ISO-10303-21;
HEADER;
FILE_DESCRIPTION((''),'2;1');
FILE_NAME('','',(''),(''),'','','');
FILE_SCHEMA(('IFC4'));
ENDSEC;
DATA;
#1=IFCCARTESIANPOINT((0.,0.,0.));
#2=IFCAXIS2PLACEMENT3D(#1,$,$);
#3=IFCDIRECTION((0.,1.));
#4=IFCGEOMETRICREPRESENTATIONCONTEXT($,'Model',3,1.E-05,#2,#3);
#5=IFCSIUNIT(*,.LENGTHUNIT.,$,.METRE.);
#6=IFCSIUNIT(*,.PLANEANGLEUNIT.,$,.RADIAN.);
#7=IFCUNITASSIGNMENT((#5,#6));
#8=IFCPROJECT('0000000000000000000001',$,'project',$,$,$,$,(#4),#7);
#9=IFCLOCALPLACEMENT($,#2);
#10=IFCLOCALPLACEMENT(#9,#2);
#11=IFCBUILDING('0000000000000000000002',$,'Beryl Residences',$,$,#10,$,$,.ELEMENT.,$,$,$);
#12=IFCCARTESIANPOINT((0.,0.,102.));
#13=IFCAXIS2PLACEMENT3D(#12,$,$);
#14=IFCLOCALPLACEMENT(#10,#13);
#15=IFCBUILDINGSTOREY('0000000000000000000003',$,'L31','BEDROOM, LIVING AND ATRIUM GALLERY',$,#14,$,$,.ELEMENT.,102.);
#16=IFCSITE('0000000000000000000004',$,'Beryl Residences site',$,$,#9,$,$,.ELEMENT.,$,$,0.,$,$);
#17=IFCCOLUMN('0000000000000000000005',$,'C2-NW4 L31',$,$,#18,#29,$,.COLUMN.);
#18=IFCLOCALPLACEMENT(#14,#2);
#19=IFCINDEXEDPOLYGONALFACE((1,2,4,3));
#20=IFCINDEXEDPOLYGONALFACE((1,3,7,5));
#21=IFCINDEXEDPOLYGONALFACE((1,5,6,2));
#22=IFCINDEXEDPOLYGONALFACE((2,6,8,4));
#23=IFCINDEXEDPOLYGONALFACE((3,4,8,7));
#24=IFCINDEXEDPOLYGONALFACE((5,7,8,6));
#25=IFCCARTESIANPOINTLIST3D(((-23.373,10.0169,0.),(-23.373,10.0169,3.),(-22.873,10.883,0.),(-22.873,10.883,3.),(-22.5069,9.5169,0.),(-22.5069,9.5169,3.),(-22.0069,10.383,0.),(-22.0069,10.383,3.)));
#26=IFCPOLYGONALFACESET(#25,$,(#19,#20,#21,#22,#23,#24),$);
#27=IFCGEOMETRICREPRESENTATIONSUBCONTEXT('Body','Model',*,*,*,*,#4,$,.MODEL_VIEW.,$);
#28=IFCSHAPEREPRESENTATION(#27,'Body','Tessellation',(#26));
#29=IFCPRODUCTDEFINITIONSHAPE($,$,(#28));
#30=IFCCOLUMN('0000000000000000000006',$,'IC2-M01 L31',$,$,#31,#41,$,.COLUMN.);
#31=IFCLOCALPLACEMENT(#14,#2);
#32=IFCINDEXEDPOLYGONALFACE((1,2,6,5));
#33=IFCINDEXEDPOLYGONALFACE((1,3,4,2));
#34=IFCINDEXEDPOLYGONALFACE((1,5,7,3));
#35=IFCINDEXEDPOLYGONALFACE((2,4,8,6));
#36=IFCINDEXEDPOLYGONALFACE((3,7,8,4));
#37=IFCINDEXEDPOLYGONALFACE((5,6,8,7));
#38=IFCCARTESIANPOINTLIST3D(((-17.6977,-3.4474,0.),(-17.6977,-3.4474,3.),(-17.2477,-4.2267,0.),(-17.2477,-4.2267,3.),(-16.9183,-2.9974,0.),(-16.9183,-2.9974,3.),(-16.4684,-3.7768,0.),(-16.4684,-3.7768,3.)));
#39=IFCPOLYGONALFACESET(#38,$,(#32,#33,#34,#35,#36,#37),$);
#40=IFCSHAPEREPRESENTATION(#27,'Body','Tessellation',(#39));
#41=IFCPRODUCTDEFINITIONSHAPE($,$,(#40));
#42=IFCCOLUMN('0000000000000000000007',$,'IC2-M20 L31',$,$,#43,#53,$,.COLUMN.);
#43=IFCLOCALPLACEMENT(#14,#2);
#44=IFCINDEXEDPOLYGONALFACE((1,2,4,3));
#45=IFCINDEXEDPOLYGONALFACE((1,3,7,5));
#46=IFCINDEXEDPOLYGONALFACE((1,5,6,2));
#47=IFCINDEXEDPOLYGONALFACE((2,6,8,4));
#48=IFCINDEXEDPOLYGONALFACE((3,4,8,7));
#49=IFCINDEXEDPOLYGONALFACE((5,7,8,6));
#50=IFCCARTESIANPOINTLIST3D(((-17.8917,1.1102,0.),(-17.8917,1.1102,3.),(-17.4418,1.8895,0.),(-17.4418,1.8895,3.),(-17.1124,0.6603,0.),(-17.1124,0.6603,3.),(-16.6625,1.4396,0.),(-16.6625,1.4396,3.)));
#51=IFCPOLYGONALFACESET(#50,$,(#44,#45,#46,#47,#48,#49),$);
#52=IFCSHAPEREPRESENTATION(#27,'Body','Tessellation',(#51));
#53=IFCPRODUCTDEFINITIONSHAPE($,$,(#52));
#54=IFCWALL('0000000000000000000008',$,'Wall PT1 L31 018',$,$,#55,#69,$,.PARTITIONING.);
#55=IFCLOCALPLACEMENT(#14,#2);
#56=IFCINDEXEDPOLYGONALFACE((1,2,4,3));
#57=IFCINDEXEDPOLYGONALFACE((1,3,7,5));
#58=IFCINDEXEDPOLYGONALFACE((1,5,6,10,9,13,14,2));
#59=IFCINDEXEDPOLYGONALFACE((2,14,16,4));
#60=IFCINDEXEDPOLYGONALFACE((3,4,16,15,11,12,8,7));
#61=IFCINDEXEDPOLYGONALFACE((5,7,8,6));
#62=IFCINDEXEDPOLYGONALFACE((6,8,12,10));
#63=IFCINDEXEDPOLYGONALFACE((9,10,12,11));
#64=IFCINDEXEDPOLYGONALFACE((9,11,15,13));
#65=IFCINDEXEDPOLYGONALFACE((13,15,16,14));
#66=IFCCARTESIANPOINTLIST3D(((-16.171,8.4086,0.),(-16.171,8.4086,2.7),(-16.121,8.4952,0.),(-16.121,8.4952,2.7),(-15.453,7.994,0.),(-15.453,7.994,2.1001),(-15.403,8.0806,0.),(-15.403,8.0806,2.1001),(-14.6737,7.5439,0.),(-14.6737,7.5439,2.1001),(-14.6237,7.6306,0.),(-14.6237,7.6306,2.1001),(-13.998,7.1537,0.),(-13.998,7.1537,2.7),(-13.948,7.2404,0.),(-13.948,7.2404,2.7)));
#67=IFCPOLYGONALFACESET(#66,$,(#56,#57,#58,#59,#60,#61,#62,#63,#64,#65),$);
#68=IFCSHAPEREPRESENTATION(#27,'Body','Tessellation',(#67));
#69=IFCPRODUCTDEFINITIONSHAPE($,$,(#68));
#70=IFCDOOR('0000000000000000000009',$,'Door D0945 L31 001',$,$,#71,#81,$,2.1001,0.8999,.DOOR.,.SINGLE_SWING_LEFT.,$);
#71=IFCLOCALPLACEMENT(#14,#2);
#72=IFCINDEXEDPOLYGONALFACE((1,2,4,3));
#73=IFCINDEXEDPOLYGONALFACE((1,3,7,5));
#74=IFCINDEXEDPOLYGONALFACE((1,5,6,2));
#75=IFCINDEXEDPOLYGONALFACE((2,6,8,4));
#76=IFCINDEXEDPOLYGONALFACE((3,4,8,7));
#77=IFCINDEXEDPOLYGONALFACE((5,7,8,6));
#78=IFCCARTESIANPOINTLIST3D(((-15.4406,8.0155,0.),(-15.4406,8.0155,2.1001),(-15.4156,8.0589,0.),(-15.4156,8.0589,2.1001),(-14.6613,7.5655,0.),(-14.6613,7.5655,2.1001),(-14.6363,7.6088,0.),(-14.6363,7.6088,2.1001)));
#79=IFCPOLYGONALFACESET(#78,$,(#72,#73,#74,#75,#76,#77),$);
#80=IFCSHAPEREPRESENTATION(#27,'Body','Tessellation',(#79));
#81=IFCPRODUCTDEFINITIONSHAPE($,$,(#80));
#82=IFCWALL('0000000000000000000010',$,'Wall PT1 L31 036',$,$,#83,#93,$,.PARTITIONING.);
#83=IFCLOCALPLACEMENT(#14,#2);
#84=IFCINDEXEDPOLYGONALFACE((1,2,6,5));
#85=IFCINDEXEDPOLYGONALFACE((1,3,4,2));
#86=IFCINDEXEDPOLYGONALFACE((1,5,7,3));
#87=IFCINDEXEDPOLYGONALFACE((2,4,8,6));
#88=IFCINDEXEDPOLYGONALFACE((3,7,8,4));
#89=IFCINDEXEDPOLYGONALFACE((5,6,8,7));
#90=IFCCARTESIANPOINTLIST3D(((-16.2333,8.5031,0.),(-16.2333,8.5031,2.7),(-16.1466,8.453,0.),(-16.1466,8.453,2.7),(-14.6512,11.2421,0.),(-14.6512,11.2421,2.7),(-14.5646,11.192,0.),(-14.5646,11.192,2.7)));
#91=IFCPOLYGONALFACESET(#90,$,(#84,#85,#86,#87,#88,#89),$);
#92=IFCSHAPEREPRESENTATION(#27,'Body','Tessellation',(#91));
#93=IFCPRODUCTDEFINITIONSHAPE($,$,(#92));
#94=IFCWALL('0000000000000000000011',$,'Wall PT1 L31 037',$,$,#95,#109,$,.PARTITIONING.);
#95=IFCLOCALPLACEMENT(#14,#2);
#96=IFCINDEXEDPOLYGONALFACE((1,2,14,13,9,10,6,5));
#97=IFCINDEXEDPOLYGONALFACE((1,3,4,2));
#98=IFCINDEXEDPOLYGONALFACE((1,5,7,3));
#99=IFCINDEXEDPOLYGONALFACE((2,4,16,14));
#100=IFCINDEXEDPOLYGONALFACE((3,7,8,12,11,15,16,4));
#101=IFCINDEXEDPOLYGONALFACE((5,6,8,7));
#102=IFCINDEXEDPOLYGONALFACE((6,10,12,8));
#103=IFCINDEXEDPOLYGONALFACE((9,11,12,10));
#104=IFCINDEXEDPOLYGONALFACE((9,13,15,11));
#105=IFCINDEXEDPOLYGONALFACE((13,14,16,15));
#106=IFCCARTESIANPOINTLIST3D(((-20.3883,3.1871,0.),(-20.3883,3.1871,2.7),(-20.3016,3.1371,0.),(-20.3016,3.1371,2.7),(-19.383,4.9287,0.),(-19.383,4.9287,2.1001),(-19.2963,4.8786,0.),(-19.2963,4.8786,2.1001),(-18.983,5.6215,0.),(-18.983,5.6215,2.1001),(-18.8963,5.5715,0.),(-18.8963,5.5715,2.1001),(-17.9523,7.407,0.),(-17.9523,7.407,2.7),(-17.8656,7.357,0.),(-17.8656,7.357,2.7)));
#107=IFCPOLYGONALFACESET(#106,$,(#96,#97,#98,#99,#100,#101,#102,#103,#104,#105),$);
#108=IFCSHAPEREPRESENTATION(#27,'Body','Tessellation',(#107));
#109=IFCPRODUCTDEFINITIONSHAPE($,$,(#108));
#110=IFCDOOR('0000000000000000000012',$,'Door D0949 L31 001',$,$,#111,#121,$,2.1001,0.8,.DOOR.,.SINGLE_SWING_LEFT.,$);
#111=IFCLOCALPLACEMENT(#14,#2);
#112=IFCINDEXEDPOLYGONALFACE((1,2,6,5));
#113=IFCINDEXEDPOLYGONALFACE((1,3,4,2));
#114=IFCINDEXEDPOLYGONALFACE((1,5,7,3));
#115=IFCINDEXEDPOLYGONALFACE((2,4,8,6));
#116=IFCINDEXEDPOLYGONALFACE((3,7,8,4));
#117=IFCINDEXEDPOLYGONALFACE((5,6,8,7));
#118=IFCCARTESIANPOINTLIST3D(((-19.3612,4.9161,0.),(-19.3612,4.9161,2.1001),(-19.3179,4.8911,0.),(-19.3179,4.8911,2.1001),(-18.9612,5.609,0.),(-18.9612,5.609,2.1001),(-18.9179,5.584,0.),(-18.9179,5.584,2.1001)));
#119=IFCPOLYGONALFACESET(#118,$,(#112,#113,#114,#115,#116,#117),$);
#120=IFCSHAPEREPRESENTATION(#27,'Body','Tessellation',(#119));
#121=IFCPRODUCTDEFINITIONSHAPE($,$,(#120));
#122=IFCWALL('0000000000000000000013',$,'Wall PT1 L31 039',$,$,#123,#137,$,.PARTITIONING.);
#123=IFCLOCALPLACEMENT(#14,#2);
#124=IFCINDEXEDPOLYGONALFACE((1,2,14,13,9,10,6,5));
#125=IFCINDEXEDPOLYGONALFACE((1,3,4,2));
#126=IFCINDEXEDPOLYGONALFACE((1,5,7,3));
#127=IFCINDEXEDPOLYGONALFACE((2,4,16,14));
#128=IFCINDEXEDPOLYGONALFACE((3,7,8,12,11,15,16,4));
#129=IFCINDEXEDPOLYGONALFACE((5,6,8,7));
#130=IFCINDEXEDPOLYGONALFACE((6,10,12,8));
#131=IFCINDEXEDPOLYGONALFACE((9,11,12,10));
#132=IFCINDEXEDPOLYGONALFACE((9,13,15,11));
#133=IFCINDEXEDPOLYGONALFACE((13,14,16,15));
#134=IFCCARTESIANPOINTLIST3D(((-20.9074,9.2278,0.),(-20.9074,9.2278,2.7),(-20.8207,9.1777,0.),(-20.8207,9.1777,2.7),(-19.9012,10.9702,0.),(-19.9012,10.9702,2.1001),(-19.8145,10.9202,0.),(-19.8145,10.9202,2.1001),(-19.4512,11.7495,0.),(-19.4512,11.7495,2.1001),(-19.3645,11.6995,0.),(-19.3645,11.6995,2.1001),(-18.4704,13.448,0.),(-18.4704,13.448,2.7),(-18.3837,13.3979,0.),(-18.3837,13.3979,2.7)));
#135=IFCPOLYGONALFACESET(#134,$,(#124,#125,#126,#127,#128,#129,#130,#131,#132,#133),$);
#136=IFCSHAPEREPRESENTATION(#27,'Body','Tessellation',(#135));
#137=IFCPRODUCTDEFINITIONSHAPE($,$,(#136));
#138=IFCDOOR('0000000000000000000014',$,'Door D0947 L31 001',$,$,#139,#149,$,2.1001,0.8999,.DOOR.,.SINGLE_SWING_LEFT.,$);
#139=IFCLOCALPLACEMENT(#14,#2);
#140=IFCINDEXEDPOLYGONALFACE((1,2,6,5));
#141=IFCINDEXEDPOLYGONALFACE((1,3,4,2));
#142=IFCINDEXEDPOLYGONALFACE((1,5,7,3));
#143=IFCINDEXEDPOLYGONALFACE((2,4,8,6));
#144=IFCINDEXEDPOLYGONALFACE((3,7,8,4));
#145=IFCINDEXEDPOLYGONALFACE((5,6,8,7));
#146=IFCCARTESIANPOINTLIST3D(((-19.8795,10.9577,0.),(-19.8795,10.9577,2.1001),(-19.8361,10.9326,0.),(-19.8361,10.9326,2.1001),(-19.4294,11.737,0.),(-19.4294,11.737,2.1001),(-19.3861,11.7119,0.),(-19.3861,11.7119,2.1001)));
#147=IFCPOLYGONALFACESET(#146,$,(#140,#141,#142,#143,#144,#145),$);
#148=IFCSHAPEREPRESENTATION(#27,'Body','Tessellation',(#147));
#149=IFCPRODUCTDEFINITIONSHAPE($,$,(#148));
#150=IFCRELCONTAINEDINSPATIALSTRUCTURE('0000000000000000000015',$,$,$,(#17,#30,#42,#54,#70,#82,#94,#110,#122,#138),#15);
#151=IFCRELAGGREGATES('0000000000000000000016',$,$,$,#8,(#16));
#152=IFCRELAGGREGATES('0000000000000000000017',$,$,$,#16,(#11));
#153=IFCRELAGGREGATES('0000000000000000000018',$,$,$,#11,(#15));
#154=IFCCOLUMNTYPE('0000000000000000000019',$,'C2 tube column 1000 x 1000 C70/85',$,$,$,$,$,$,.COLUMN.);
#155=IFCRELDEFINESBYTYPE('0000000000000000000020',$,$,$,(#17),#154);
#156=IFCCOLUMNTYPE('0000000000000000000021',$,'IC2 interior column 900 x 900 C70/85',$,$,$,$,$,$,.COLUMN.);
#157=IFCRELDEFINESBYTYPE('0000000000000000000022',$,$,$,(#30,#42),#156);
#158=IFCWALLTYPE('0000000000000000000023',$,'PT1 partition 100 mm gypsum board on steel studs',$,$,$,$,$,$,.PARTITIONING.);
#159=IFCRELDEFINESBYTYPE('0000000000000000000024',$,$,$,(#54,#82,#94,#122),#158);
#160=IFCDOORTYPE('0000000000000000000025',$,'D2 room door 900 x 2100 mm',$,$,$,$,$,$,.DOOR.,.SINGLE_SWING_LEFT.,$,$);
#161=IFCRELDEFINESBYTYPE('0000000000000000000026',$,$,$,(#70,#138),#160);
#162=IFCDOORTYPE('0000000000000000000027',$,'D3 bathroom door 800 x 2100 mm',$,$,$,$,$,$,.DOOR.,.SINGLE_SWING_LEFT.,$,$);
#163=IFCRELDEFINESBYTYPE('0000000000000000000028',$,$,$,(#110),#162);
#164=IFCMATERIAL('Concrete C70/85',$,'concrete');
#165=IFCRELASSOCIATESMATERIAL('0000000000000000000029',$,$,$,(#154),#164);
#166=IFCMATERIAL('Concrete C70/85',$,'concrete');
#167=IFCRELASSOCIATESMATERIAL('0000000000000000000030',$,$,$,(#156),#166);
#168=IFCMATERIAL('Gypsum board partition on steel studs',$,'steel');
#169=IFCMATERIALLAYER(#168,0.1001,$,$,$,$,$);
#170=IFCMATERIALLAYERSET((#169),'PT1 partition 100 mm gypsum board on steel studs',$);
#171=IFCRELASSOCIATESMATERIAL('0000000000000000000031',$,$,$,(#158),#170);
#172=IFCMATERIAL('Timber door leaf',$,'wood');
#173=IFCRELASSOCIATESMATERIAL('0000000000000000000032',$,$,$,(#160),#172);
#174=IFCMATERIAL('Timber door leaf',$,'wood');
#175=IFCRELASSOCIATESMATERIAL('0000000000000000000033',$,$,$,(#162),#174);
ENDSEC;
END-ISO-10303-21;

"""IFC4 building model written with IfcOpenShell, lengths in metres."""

from ifc_helpers import new_model, si_unit, direction, frame, frame_2d, origin, origin_2d, place, context, subcontext, project, spatial, rectangle, extrude, material, layer, layer_set, material_profile, profile_set, type_object, element, fill, save


model = new_model("IFC4")

# Units and contexts
model_context = context("Model", 3, precision=1e-05, world=origin(), true_north=direction((0.0, 1.0)))
body_context = subcontext(model_context, "Body", "Model", "MODEL_VIEW")
ifc_project = project(units=[si_unit("LENGTHUNIT", "METRE"), si_unit("PLANEANGLEUNIT", "RADIAN")], contexts=[model_context])

# Site, building, storey
site_placement = place(None, origin())
site = spatial("IfcSite", under=ifc_project, at=site_placement, Name="Beryl Residences site", CompositionType="ELEMENT", RefElevation=0.0)
building_placement = place(site_placement, origin())
building = spatial("IfcBuilding", under=site, at=building_placement, Name="Beryl Residences", CompositionType="ELEMENT")
storey_placement = place(building_placement, frame((0.0, 0.0, 102.0)))
storey = spatial("IfcBuildingStorey", under=building, at=storey_placement, Name="L31", Description="BEDROOM, LIVING AND ATRIUM GALLERY", CompositionType="ELEMENT", Elevation=102.0)

# Columns
ifc_material_1 = material(Name="Concrete C70/85", Category="concrete")
ifc_material_profile_1 = material_profile(ifc_material_1, rectangle(XDim=1.0, YDim=1.0, at=origin_2d()))
ifc_profile_set_1 = profile_set([ifc_material_profile_1], Name="Concrete C70/85")
column_type_1 = type_object("IfcColumnType", Name="C2 tube column 1000 x 1000 C70/85", PredefinedType="COLUMN", material=ifc_profile_set_1)
column_placement = place(storey_placement, frame((-22.6899, 10.2, 0.0), z_axis=(0.0, 0.0, 1.0), x_axis=(-0.5, -0.866025, 0.0)))
element("IfcColumn", 1, at=column_placement, inside=storey, type_object=column_type_1, Name="C2-NW4 L31", PredefinedType="COLUMN", context=body_context, shape_type="SweptSolid", body=[
    extrude(rectangle(XDim=1.0, YDim=1.0, at=origin_2d()), origin(), (0.0, 0.0, 1.0), 3.0),
])
ifc_material_2 = material(Name="Concrete C70/85", Category="concrete")
ifc_material_profile_2 = material_profile(ifc_material_2, rectangle(XDim=0.8999, YDim=0.8999, at=origin_2d()))
ifc_profile_set_2 = profile_set([ifc_material_profile_2], Name="Concrete C70/85")
column_type_2 = type_object("IfcColumnType", Name="IC2 interior column 900 x 900 C70/85", PredefinedType="COLUMN", material=ifc_profile_set_2)
for number, where, z_axis, x_axis, name in (
    (2, (-17.083, -3.6121, 0.0), (0.0, 0.0, 1.0), (0.5, -0.866025, 0.0), "IC2-M01 L31"),
    (3, (-17.2771, 1.2749, 0.0), (0.0, 0.0, 1.0), (-0.5, -0.866025, 0.0), "IC2-M20 L31"),
):
    element("IfcColumn", number, at=place(storey_placement, frame(where, z_axis=z_axis, x_axis=x_axis)), inside=storey, type_object=column_type_2, Name=name, PredefinedType="COLUMN", context=body_context, shape_type="SweptSolid", body=[
        extrude(rectangle(XDim=0.8999, YDim=0.8999, at=origin_2d()), origin(), (0.0, 0.0, 1.0), 3.0),
    ])

# Wall, opening, door
ifc_material_3 = material(Name="Gypsum board partition on steel studs", Category="steel")
ifc_layer_1 = layer(ifc_material_3, 0.1001)
ifc_layer_set_1 = layer_set([ifc_layer_1], Name="PT1 partition 100 mm gypsum board on steel studs")
wall_type_1 = type_object("IfcWallType", Name="PT1 partition 100 mm gypsum board on steel studs", PredefinedType="PARTITIONING", material=ifc_layer_set_1)
wall_1_placement = place(storey_placement, frame((-16.146, 8.4519, 0.0), z_axis=(0.0, 0.0, 1.0), x_axis=(0.865983, -0.500073, 0.0)))
wall_1 = element("IfcWall", 4, at=wall_1_placement, inside=storey, type_object=wall_type_1, Name="Wall PT1 L31 018", PredefinedType="PARTITIONING", context=body_context, shape_type="SweptSolid", body=[
    extrude(rectangle(XDim=2.5093, YDim=0.1001, at=frame_2d((1.2546, 0.0))), origin(), (0.0, 0.0, 1.0), 2.7),
])
opening_1_placement = place(wall_1_placement, frame((0.8291, 0.0, 0.0)))
opening_1 = element("IfcOpeningElement", 5, at=opening_1_placement, cuts=wall_1, PredefinedType="OPENING", context=body_context, shape_type="SweptSolid", body=[
    extrude(rectangle(XDim=0.8999, YDim=2.1001, at=frame_2d((0.45, 1.05))), frame((0.0, 0.0601, 0.0), z_axis=(0.0, -1.0, 0.0), x_axis=(1.0, 0.0, 0.0)), (0.0, 0.0, 1.0), 0.1201),
])
ifc_material_4 = material(Name="Timber door leaf", Category="wood")
door_type_1 = type_object("IfcDoorType", Name="D2 room door 900 x 2100 mm", OperationType="SINGLE_SWING_LEFT", PredefinedType="DOOR", material=ifc_material_4)
door_1_placement = place(opening_1_placement, origin())
door_1 = element("IfcDoor", 6, at=door_1_placement, inside=storey, type_object=door_type_1, Name="Door D0945 L31 001", OperationType="SINGLE_SWING_LEFT", OverallHeight=2.1001, OverallWidth=0.8999, PredefinedType="DOOR", context=body_context, shape_type="SweptSolid", body=[
    extrude(rectangle(XDim=0.8999, YDim=2.1001, at=frame_2d((0.45, 1.05))), frame((0.0, 0.0249, 0.0), z_axis=(0.0, -1.0, 0.0), x_axis=(1.0, 0.0, 0.0)), (0.0, 0.0, 1.0), 0.05),
])
fill(opening_1, door_1)

# Wall
wall_2_placement = place(storey_placement, frame((-16.1899, 8.478, 0.0), z_axis=(0.0, 0.0, 1.0), x_axis=(0.500157, 0.865935, 0.0)))
element("IfcWall", 7, at=wall_2_placement, inside=storey, type_object=wall_type_1, Name="Wall PT1 L31 036", PredefinedType="PARTITIONING", context=body_context, shape_type="SweptSolid", body=[
    extrude(rectangle(XDim=3.1631, YDim=0.1001, at=frame_2d((1.5815, 0.0))), origin(), (0.0, 0.0, 1.0), 2.7),
])

# Walls, openings, doors
wall_3_placement = place(storey_placement, frame((-20.345, 3.1621, 0.0), z_axis=(0.0, 0.0, 1.0), x_axis=(0.499944, 0.866058, 0.0)))
wall_3 = element("IfcWall", 8, at=wall_3_placement, inside=storey, type_object=wall_type_1, Name="Wall PT1 L31 037", PredefinedType="PARTITIONING", context=body_context, shape_type="SweptSolid", body=[
    extrude(rectangle(XDim=4.8726, YDim=0.1001, at=frame_2d((2.4363, 0.0))), origin(), (0.0, 0.0, 1.0), 2.7),
])
opening_2_placement = place(wall_3_placement, frame((2.011, 0.0, 0.0)))
opening_2 = element("IfcOpeningElement", 9, at=opening_2_placement, cuts=wall_3, PredefinedType="OPENING", context=body_context, shape_type="SweptSolid", body=[
    extrude(rectangle(XDim=0.8, YDim=2.1001, at=frame_2d((0.3999, 1.05))), frame((0.0, 0.0601, 0.0), z_axis=(0.0, -1.0, 0.0), x_axis=(1.0, 0.0, 0.0)), (0.0, 0.0, 1.0), 0.1201),
])
ifc_material_5 = material(Name="Timber door leaf", Category="wood")
door_type_2 = type_object("IfcDoorType", Name="D3 bathroom door 800 x 2100 mm", OperationType="SINGLE_SWING_LEFT", PredefinedType="DOOR", material=ifc_material_5)
door_2_placement = place(opening_2_placement, origin())
door_2 = element("IfcDoor", 10, at=door_2_placement, inside=storey, type_object=door_type_2, Name="Door D0949 L31 001", OperationType="SINGLE_SWING_LEFT", OverallHeight=2.1001, OverallWidth=0.8, PredefinedType="DOOR", context=body_context, shape_type="SweptSolid", body=[
    extrude(rectangle(XDim=0.8, YDim=2.1001, at=frame_2d((0.3999, 1.05))), frame((0.0, 0.0249, 0.0), z_axis=(0.0, -1.0, 0.0), x_axis=(1.0, 0.0, 0.0)), (0.0, 0.0, 1.0), 0.05),
])
fill(opening_2, door_2)
wall_4_placement = place(storey_placement, frame((-20.864, 9.2029, 0.0), z_axis=(0.0, 0.0, 1.0), x_axis=(0.500072, 0.865984, 0.0)))
wall_4 = element("IfcWall", 11, at=wall_4_placement, inside=storey, type_object=wall_type_1, Name="Wall PT1 L31 039", PredefinedType="PARTITIONING", context=body_context, shape_type="SweptSolid", body=[
    extrude(rectangle(XDim=4.8733, YDim=0.1001, at=frame_2d((2.4365, 0.0))), origin(), (0.0, 0.0, 1.0), 2.7),
])
opening_3_placement = place(wall_4_placement, frame((2.012, 0.0, 0.0)))
opening_3 = element("IfcOpeningElement", 12, at=opening_3_placement, cuts=wall_4, PredefinedType="OPENING", context=body_context, shape_type="SweptSolid", body=[
    extrude(rectangle(XDim=0.8999, YDim=2.1001, at=frame_2d((0.45, 1.05))), frame((0.0, 0.0601, 0.0), z_axis=(0.0, -1.0, 0.0), x_axis=(1.0, 0.0, 0.0)), (0.0, 0.0, 1.0), 0.1201),
])
door_3_placement = place(opening_3_placement, origin())
door_3 = element("IfcDoor", 13, at=door_3_placement, inside=storey, type_object=door_type_1, Name="Door D0947 L31 001", OperationType="SINGLE_SWING_LEFT", OverallHeight=2.1001, OverallWidth=0.8999, PredefinedType="DOOR", context=body_context, shape_type="SweptSolid", body=[
    extrude(rectangle(XDim=0.8999, YDim=2.1001, at=frame_2d((0.45, 1.05))), frame((0.0, 0.0249, 0.0), z_axis=(0.0, -1.0, 0.0), x_axis=(1.0, 0.0, 0.0)), (0.0, 0.0, 1.0), 0.05),
])
fill(opening_3, door_3)

save(model, "model.ifc")
